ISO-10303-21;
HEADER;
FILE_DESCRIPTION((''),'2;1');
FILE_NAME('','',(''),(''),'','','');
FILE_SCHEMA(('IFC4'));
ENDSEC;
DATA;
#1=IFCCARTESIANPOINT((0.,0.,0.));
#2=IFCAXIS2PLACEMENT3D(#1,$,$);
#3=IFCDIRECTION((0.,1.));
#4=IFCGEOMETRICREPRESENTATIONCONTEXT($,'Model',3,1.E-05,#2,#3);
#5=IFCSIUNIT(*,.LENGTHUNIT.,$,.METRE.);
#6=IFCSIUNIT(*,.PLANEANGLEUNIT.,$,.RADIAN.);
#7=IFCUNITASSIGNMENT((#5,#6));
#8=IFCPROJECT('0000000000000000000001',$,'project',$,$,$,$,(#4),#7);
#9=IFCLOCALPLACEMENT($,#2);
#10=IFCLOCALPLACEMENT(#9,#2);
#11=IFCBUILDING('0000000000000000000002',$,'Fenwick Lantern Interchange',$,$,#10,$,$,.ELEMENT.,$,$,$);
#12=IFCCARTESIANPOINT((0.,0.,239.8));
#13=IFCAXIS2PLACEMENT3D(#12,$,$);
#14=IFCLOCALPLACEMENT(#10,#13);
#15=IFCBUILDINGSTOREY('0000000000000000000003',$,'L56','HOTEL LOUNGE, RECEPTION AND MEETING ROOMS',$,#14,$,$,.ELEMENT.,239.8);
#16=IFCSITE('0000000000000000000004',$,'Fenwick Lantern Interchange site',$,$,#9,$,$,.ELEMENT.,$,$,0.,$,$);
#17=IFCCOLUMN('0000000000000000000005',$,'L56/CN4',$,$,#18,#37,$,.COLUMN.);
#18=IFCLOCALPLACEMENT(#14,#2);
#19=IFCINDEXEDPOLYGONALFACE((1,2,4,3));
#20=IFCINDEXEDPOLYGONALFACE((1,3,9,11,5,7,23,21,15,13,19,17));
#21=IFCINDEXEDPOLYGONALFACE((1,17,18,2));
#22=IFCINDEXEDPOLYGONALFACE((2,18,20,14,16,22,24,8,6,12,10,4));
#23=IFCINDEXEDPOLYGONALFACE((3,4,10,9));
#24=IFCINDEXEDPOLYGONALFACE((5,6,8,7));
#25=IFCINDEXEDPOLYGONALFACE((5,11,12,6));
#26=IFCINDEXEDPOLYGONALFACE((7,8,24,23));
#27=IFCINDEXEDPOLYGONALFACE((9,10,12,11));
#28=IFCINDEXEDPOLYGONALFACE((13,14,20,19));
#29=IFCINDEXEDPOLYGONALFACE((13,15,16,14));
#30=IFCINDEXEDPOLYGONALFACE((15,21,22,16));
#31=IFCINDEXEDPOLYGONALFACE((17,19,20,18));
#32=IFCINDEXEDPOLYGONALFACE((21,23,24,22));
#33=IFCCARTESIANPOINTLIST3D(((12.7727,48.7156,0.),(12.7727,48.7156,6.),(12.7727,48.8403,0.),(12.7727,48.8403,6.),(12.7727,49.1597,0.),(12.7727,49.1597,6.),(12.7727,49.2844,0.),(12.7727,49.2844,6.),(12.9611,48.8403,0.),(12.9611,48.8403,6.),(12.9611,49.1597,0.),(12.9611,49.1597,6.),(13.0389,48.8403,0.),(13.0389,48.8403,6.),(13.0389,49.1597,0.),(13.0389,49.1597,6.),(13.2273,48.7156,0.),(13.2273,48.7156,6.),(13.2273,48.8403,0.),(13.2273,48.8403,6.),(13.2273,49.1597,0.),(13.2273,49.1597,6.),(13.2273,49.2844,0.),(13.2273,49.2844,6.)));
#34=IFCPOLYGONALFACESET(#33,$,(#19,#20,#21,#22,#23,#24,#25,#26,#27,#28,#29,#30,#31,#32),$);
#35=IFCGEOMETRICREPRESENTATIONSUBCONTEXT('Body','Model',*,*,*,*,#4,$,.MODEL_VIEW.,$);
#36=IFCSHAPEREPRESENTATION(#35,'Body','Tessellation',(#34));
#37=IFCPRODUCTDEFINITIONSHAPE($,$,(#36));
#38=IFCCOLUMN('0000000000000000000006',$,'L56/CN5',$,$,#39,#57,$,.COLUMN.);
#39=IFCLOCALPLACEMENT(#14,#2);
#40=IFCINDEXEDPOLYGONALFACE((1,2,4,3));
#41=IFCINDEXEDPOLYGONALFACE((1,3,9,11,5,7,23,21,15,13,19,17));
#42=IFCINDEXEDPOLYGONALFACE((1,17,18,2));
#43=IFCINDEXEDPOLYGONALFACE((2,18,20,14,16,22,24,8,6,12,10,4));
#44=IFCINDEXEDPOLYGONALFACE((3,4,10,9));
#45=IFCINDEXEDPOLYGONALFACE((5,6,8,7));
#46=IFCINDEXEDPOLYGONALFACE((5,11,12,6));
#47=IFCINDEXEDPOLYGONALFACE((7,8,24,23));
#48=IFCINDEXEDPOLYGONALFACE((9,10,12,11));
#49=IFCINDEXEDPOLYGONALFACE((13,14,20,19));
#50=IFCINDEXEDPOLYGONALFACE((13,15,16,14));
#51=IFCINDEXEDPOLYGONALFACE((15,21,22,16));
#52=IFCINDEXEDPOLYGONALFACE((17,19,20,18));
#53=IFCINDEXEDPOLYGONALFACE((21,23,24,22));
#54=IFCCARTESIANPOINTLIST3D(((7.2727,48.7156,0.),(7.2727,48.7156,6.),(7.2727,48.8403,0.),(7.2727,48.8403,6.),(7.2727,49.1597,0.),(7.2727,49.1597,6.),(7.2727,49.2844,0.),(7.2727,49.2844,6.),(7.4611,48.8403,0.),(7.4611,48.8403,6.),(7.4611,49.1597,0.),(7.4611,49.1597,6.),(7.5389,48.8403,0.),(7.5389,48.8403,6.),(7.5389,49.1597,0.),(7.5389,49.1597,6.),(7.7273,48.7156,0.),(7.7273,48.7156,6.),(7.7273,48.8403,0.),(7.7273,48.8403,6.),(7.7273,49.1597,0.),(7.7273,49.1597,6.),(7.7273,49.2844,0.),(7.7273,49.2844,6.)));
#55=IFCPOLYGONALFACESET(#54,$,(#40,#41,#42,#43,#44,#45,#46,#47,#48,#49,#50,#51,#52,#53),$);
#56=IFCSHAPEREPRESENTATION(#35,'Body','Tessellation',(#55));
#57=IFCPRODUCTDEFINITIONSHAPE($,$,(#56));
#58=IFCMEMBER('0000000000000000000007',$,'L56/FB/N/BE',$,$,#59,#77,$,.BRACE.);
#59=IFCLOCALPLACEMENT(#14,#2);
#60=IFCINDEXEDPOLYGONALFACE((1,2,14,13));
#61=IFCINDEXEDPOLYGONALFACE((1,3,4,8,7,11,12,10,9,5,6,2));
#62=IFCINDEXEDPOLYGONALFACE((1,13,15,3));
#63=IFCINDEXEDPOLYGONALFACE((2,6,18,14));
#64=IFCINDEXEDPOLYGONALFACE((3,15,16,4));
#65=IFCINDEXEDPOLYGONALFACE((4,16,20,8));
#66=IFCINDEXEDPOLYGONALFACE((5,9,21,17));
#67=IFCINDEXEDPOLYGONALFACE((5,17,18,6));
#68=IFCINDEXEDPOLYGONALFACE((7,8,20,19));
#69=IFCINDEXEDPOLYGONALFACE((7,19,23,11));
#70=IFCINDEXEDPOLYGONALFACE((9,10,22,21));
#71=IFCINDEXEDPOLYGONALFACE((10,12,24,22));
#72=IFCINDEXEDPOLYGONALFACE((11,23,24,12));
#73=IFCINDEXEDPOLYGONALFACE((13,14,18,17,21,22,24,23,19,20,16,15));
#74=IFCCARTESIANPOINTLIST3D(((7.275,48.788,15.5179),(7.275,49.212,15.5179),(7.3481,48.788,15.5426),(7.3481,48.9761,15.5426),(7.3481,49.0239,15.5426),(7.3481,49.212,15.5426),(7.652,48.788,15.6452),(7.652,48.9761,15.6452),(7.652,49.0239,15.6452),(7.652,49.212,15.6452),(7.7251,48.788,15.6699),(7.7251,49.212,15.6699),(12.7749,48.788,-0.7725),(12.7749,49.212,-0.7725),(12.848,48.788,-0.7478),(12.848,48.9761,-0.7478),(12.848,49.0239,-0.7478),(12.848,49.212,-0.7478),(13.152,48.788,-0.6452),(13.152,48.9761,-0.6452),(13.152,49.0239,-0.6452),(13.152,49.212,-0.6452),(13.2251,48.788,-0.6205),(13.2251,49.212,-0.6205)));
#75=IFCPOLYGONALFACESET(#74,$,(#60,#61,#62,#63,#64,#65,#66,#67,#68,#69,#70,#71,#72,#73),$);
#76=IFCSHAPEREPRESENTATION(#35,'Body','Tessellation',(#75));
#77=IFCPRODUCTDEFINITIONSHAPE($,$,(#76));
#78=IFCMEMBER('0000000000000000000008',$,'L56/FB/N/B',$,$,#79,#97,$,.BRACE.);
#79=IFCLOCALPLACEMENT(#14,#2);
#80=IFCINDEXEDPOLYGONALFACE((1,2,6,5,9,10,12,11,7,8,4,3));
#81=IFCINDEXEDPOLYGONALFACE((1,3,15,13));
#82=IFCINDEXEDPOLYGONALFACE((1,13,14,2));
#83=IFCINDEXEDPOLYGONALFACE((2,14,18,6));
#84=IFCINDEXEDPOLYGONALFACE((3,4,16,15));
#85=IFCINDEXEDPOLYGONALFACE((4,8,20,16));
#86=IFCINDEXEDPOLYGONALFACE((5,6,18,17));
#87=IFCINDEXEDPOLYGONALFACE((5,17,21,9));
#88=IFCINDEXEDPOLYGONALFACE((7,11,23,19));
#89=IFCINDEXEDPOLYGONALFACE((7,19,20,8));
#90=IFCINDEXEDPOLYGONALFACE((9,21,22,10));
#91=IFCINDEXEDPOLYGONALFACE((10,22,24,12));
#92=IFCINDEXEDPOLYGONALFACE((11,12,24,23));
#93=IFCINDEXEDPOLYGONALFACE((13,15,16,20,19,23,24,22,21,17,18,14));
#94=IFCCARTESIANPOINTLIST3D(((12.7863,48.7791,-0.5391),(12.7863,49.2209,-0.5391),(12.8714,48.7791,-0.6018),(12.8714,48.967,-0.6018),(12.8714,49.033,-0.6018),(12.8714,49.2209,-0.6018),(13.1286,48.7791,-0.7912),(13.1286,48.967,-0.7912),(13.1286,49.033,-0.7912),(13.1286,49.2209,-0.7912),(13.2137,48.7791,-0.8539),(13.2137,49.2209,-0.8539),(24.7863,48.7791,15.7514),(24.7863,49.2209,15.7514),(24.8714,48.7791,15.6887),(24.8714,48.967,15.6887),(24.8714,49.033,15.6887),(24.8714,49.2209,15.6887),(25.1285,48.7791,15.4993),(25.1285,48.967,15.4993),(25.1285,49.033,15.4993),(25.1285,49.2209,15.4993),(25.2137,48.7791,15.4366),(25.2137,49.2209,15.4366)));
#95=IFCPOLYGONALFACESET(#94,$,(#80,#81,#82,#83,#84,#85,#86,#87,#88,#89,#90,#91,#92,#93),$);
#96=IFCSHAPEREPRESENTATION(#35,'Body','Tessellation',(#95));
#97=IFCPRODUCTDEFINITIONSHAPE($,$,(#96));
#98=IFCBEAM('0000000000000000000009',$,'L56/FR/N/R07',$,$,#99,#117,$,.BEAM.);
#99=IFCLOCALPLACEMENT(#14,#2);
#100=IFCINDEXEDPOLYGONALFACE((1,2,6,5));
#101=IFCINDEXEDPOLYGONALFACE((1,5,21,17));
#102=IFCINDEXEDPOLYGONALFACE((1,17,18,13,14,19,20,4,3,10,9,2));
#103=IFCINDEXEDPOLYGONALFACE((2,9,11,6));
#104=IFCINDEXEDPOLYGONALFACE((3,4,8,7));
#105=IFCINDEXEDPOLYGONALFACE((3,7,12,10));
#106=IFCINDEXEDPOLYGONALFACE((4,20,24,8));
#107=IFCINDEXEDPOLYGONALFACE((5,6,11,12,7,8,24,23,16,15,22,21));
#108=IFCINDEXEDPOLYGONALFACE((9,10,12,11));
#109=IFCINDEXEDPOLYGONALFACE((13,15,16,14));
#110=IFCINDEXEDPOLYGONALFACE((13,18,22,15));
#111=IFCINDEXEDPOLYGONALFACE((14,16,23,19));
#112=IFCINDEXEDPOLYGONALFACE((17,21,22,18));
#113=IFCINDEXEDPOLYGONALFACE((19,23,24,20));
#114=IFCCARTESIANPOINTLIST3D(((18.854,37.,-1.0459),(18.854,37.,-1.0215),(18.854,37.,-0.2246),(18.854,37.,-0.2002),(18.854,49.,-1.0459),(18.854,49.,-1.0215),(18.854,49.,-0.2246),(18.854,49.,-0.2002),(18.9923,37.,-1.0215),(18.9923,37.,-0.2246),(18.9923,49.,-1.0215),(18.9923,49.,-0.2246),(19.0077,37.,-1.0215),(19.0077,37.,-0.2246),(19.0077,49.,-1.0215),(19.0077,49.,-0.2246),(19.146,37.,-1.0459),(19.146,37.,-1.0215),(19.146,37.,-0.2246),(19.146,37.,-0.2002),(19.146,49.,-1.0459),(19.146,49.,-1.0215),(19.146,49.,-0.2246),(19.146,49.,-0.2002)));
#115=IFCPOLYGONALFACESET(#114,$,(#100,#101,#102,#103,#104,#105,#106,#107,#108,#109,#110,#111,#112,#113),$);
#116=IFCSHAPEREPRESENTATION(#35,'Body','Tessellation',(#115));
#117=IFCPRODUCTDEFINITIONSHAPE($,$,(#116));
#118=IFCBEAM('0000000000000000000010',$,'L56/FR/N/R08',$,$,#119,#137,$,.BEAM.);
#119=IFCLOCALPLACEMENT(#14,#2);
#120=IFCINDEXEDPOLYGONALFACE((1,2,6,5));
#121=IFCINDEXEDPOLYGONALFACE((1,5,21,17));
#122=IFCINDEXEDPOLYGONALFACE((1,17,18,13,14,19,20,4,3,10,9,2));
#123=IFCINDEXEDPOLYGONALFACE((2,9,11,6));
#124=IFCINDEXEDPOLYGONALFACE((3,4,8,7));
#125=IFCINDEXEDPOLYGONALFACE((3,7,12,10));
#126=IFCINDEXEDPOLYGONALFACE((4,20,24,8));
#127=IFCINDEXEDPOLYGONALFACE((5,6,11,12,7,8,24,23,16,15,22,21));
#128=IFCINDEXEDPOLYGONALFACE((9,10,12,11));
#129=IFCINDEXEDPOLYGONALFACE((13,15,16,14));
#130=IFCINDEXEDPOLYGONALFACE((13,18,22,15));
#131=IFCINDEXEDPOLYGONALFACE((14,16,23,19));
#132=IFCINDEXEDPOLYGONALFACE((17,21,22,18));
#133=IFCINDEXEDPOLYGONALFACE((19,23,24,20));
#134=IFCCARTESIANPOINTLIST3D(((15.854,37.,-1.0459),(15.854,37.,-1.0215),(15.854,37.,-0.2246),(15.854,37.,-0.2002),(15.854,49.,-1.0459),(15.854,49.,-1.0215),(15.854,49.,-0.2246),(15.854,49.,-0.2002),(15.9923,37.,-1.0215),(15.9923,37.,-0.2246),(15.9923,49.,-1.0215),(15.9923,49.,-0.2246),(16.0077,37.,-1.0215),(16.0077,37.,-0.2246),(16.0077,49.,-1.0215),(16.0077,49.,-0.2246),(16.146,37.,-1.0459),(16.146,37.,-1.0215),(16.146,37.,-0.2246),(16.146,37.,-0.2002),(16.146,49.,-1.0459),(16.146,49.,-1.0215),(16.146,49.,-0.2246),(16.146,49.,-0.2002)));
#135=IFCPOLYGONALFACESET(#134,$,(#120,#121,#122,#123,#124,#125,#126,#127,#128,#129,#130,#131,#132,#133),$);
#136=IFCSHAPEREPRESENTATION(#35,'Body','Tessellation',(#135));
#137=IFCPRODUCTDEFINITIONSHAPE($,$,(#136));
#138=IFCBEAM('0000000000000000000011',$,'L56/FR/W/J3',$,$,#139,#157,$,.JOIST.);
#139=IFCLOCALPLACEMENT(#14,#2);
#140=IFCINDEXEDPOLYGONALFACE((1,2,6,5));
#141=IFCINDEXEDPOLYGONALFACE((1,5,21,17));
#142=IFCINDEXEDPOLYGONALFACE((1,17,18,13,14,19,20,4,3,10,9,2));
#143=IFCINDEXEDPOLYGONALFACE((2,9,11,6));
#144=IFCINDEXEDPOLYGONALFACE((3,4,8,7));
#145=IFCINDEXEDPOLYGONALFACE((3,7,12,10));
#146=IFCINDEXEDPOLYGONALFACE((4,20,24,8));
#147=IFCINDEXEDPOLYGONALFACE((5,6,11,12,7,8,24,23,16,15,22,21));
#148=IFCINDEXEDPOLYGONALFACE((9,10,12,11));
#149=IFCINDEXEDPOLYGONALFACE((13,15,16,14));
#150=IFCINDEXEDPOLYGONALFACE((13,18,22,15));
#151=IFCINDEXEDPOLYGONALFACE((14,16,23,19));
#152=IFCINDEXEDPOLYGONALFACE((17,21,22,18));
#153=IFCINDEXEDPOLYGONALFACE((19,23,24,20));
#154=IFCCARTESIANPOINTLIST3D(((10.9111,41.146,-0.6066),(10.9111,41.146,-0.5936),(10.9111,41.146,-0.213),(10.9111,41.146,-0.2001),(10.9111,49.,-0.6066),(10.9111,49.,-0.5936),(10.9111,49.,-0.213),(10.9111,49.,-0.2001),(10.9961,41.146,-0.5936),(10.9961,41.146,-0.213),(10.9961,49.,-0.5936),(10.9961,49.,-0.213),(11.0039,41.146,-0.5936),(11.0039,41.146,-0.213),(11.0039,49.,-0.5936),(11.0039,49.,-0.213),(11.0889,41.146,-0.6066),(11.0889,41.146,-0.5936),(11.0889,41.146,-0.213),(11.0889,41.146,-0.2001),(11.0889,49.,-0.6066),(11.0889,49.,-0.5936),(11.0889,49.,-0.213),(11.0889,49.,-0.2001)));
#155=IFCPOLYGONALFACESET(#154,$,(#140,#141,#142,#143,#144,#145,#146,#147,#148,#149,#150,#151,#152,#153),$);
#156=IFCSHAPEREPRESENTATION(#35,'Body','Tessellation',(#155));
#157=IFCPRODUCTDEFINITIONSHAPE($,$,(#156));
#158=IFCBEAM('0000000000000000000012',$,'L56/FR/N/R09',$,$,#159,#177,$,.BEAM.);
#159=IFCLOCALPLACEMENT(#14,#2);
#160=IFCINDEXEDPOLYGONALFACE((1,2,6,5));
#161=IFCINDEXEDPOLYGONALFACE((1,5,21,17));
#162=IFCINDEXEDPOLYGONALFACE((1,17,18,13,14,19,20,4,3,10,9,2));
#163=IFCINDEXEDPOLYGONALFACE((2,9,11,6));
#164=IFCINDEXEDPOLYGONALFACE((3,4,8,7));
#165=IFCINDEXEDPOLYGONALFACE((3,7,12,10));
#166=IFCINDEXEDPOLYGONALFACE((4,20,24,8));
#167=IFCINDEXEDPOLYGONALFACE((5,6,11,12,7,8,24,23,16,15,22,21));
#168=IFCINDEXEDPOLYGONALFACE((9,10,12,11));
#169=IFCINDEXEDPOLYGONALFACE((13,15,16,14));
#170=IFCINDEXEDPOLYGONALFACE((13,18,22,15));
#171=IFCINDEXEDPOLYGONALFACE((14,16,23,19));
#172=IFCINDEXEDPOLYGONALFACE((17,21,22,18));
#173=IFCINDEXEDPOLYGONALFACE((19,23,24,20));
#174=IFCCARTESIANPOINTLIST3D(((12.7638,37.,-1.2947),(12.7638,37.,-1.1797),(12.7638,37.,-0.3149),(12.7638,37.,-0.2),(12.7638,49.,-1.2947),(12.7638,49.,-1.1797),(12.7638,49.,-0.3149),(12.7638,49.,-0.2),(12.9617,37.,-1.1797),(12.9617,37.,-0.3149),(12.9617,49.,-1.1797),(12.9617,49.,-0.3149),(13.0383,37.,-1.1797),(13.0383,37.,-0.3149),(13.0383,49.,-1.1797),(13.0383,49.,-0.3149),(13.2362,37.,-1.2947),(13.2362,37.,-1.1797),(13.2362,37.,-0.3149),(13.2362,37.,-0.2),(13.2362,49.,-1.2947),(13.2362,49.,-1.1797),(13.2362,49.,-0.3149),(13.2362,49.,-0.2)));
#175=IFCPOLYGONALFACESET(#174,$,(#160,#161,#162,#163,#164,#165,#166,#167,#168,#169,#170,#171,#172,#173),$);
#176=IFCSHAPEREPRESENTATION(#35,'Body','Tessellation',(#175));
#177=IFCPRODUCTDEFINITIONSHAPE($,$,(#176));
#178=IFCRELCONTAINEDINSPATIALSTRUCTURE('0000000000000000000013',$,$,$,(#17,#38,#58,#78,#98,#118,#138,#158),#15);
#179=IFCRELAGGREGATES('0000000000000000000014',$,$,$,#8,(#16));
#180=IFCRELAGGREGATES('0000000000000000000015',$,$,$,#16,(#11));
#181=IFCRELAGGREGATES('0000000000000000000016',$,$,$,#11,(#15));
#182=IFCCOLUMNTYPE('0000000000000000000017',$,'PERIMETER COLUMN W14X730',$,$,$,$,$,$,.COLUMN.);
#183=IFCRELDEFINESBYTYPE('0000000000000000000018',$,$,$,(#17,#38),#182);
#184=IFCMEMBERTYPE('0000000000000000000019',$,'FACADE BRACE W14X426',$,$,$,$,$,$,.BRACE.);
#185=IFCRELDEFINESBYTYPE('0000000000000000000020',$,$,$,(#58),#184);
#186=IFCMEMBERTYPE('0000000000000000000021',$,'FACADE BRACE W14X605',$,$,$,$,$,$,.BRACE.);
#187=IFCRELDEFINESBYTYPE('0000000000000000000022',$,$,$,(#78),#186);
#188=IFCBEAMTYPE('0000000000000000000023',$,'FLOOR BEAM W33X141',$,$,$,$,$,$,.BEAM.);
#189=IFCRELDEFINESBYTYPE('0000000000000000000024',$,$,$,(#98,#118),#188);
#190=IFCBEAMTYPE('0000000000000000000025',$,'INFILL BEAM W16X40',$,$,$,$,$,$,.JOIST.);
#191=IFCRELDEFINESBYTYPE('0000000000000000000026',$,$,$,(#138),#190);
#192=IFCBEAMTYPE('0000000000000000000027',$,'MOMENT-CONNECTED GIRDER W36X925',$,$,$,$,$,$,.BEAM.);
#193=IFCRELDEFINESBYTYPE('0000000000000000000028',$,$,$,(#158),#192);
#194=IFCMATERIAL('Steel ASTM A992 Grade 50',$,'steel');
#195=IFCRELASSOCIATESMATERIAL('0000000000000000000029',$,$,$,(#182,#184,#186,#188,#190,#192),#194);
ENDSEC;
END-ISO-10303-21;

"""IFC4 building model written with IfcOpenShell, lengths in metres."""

from ifc_helpers import new_model, si_unit, direction, frame, origin, origin_2d, place, context, subcontext, project, spatial, i_section, extrude, material, material_profile, profile_set, type_object, element, save


model = new_model("IFC4")

# Units and contexts
model_context = context("Model", 3, precision=1e-05, world=origin(), true_north=direction((0.0, 1.0)))
body_context = subcontext(model_context, "Body", "Model", "MODEL_VIEW")
ifc_project = project(units=[si_unit("LENGTHUNIT", "METRE"), si_unit("PLANEANGLEUNIT", "RADIAN")], contexts=[model_context])

# Site, building, storey
site_placement = place(None, origin())
site = spatial("IfcSite", under=ifc_project, at=site_placement, Name="Fenwick Lantern Interchange site", CompositionType="ELEMENT", RefElevation=0.0)
building_placement = place(site_placement, origin())
building = spatial("IfcBuilding", under=site, at=building_placement, Name="Fenwick Lantern Interchange", CompositionType="ELEMENT")
storey_placement = place(building_placement, frame((0.0, 0.0, 239.8)))
storey = spatial("IfcBuildingStorey", under=building, at=storey_placement, Name="L56", Description="HOTEL LOUNGE, RECEPTION AND MEETING ROOMS", CompositionType="ELEMENT", Elevation=239.8)

# Columns
ifc_material_1 = material(Name="Steel ASTM A992 Grade 50", Category="steel")
ifc_material_profile_1 = material_profile(ifc_material_1, i_section(OverallWidth=0.4546, OverallDepth=0.5688, WebThickness=0.0779, FlangeThickness=0.1248, at=origin_2d()), Name="W14X730")
ifc_profile_set_1 = profile_set([ifc_material_profile_1], Name="Steel ASTM A992 Grade 50")
column_type = type_object("IfcColumnType", Name="PERIMETER COLUMN W14X730", PredefinedType="COLUMN", material=ifc_profile_set_1)
for number, where, z_axis, x_axis, name in (
    (1, (13.0, 49.0, 0.0), (0.0, 0.0, 1.0), (1.0, 0.0, 0.0), "L56/CN4"),
    (2, (7.5, 49.0, 0.0), (0.0, 0.0, 1.0), (1.0, 0.0, 0.0), "L56/CN5"),
):
    element("IfcColumn", number, at=place(storey_placement, frame(where, z_axis=z_axis, x_axis=x_axis)), inside=storey, type_object=column_type, Name=name, PredefinedType="COLUMN", context=body_context, shape_type="SweptSolid", body=[
        extrude(i_section(OverallWidth=0.4546, OverallDepth=0.5688, WebThickness=0.0779, FlangeThickness=0.1248, at=origin_2d()), origin(), (0.0, 0.0, 1.0), 6.0),
    ])

# Members
ifc_material_profile_2 = material_profile(ifc_material_1, i_section(OverallWidth=0.4241, OverallDepth=0.4751, WebThickness=0.0479, FlangeThickness=0.0771, at=origin_2d()), Name="W14X426")
ifc_profile_set_2 = profile_set([ifc_material_profile_2], Name="Steel ASTM A992 Grade 50")
member_type_1 = type_object("IfcMemberType", Name="FACADE BRACE W14X426", PredefinedType="BRACE", material=ifc_profile_set_2)
member_1_placement = place(storey_placement, frame((13.0, 49.0, -0.6965), z_axis=(-0.31988, 0.0, 0.947458), x_axis=(0.0, -1.0, 0.0)))
element("IfcMember", 3, at=member_1_placement, inside=storey, type_object=member_type_1, Name="L56/FB/N/BE", PredefinedType="BRACE", context=body_context, shape_type="SweptSolid", body=[
    extrude(i_section(OverallWidth=0.4241, OverallDepth=0.4751, WebThickness=0.0479, FlangeThickness=0.0771, at=origin_2d()), origin(), (0.0, 0.0, 1.0), 17.1938),
])
ifc_material_profile_3 = material_profile(ifc_material_1, i_section(OverallWidth=0.4419, OverallDepth=0.5308, WebThickness=0.0659, FlangeThickness=0.1057, at=origin_2d()), Name="W14X605")
ifc_profile_set_3 = profile_set([ifc_material_profile_3], Name="Steel ASTM A992 Grade 50")
member_type_2 = type_object("IfcMemberType", Name="FACADE BRACE W14X605", PredefinedType="BRACE", material=ifc_profile_set_3)
member_2_placement = place(storey_placement, frame((13.0, 49.0, -0.6965), z_axis=(0.593085, 0.0, 0.80514), x_axis=(0.0, 1.0, 0.0)))
element("IfcMember", 4, at=member_2_placement, inside=storey, type_object=member_type_2, Name="L56/FB/N/B", PredefinedType="BRACE", context=body_context, shape_type="SweptSolid", body=[
    extrude(i_section(OverallWidth=0.4419, OverallDepth=0.5308, WebThickness=0.0659, FlangeThickness=0.1057, at=origin_2d()), origin(), (0.0, 0.0, 1.0), 20.2332),
])

# Beams
ifc_material_profile_4 = material_profile(ifc_material_1, i_section(OverallWidth=0.292, OverallDepth=0.8457, WebThickness=0.0154, FlangeThickness=0.0244, at=origin_2d()), Name="W33X141")
ifc_profile_set_4 = profile_set([ifc_material_profile_4], Name="Steel ASTM A992 Grade 50")
beam_type_1 = type_object("IfcBeamType", Name="FLOOR BEAM W33X141", PredefinedType="BEAM", material=ifc_profile_set_4)
for number, where, z_axis, x_axis, name in (
    (5, (19.0, 49.0, -0.623), (0.0, -1.0, 0.0), (1.0, 0.0, 0.0), "L56/FR/N/R07"),
    (6, (16.0, 49.0, -0.623), (0.0, -1.0, 0.0), (1.0, 0.0, 0.0), "L56/FR/N/R08"),
):
    element("IfcBeam", number, at=place(storey_placement, frame(where, z_axis=z_axis, x_axis=x_axis)), inside=storey, type_object=beam_type_1, Name=name, PredefinedType="BEAM", context=body_context, shape_type="SweptSolid", body=[
        extrude(i_section(OverallWidth=0.292, OverallDepth=0.8457, WebThickness=0.0154, FlangeThickness=0.0244, at=origin_2d()), origin(), (0.0, 0.0, 1.0), 12.0),
    ])
ifc_material_profile_5 = material_profile(ifc_material_1, i_section(OverallWidth=0.1777, OverallDepth=0.4065, WebThickness=0.0078, FlangeThickness=0.0129, at=origin_2d()), Name="W16X40")
ifc_profile_set_5 = profile_set([ifc_material_profile_5], Name="Steel ASTM A992 Grade 50")
beam_type_2 = type_object("IfcBeamType", Name="INFILL BEAM W16X40", PredefinedType="JOIST", material=ifc_profile_set_5)
beam_1_placement = place(storey_placement, frame((11.0, 49.0, -0.4033), z_axis=(0.0, -1.0, 0.0), x_axis=(1.0, 0.0, 0.0)))
element("IfcBeam", 7, at=beam_1_placement, inside=storey, type_object=beam_type_2, Name="L56/FR/W/J3", PredefinedType="JOIST", context=body_context, shape_type="SweptSolid", body=[
    extrude(i_section(OverallWidth=0.1777, OverallDepth=0.4065, WebThickness=0.0078, FlangeThickness=0.0129, at=origin_2d()), origin(), (0.0, 0.0, 1.0), 7.854),
])
ifc_material_profile_6 = material_profile(ifc_material_1, i_section(OverallWidth=0.4724, OverallDepth=1.0947, WebThickness=0.0767, FlangeThickness=0.115, at=origin_2d()), Name="W36X925")
ifc_profile_set_6 = profile_set([ifc_material_profile_6], Name="Steel ASTM A992 Grade 50")
beam_type_3 = type_object("IfcBeamType", Name="MOMENT-CONNECTED GIRDER W36X925", PredefinedType="BEAM", material=ifc_profile_set_6)
beam_2_placement = place(storey_placement, frame((13.0, 49.0, -0.7473), z_axis=(0.0, -1.0, 0.0), x_axis=(1.0, 0.0, 0.0)))
element("IfcBeam", 8, at=beam_2_placement, inside=storey, type_object=beam_type_3, Name="L56/FR/N/R09", PredefinedType="BEAM", context=body_context, shape_type="SweptSolid", body=[
    extrude(i_section(OverallWidth=0.4724, OverallDepth=1.0947, WebThickness=0.0767, FlangeThickness=0.115, at=origin_2d()), origin(), (0.0, 0.0, 1.0), 12.0),
])

save(model, "model.ifc")
